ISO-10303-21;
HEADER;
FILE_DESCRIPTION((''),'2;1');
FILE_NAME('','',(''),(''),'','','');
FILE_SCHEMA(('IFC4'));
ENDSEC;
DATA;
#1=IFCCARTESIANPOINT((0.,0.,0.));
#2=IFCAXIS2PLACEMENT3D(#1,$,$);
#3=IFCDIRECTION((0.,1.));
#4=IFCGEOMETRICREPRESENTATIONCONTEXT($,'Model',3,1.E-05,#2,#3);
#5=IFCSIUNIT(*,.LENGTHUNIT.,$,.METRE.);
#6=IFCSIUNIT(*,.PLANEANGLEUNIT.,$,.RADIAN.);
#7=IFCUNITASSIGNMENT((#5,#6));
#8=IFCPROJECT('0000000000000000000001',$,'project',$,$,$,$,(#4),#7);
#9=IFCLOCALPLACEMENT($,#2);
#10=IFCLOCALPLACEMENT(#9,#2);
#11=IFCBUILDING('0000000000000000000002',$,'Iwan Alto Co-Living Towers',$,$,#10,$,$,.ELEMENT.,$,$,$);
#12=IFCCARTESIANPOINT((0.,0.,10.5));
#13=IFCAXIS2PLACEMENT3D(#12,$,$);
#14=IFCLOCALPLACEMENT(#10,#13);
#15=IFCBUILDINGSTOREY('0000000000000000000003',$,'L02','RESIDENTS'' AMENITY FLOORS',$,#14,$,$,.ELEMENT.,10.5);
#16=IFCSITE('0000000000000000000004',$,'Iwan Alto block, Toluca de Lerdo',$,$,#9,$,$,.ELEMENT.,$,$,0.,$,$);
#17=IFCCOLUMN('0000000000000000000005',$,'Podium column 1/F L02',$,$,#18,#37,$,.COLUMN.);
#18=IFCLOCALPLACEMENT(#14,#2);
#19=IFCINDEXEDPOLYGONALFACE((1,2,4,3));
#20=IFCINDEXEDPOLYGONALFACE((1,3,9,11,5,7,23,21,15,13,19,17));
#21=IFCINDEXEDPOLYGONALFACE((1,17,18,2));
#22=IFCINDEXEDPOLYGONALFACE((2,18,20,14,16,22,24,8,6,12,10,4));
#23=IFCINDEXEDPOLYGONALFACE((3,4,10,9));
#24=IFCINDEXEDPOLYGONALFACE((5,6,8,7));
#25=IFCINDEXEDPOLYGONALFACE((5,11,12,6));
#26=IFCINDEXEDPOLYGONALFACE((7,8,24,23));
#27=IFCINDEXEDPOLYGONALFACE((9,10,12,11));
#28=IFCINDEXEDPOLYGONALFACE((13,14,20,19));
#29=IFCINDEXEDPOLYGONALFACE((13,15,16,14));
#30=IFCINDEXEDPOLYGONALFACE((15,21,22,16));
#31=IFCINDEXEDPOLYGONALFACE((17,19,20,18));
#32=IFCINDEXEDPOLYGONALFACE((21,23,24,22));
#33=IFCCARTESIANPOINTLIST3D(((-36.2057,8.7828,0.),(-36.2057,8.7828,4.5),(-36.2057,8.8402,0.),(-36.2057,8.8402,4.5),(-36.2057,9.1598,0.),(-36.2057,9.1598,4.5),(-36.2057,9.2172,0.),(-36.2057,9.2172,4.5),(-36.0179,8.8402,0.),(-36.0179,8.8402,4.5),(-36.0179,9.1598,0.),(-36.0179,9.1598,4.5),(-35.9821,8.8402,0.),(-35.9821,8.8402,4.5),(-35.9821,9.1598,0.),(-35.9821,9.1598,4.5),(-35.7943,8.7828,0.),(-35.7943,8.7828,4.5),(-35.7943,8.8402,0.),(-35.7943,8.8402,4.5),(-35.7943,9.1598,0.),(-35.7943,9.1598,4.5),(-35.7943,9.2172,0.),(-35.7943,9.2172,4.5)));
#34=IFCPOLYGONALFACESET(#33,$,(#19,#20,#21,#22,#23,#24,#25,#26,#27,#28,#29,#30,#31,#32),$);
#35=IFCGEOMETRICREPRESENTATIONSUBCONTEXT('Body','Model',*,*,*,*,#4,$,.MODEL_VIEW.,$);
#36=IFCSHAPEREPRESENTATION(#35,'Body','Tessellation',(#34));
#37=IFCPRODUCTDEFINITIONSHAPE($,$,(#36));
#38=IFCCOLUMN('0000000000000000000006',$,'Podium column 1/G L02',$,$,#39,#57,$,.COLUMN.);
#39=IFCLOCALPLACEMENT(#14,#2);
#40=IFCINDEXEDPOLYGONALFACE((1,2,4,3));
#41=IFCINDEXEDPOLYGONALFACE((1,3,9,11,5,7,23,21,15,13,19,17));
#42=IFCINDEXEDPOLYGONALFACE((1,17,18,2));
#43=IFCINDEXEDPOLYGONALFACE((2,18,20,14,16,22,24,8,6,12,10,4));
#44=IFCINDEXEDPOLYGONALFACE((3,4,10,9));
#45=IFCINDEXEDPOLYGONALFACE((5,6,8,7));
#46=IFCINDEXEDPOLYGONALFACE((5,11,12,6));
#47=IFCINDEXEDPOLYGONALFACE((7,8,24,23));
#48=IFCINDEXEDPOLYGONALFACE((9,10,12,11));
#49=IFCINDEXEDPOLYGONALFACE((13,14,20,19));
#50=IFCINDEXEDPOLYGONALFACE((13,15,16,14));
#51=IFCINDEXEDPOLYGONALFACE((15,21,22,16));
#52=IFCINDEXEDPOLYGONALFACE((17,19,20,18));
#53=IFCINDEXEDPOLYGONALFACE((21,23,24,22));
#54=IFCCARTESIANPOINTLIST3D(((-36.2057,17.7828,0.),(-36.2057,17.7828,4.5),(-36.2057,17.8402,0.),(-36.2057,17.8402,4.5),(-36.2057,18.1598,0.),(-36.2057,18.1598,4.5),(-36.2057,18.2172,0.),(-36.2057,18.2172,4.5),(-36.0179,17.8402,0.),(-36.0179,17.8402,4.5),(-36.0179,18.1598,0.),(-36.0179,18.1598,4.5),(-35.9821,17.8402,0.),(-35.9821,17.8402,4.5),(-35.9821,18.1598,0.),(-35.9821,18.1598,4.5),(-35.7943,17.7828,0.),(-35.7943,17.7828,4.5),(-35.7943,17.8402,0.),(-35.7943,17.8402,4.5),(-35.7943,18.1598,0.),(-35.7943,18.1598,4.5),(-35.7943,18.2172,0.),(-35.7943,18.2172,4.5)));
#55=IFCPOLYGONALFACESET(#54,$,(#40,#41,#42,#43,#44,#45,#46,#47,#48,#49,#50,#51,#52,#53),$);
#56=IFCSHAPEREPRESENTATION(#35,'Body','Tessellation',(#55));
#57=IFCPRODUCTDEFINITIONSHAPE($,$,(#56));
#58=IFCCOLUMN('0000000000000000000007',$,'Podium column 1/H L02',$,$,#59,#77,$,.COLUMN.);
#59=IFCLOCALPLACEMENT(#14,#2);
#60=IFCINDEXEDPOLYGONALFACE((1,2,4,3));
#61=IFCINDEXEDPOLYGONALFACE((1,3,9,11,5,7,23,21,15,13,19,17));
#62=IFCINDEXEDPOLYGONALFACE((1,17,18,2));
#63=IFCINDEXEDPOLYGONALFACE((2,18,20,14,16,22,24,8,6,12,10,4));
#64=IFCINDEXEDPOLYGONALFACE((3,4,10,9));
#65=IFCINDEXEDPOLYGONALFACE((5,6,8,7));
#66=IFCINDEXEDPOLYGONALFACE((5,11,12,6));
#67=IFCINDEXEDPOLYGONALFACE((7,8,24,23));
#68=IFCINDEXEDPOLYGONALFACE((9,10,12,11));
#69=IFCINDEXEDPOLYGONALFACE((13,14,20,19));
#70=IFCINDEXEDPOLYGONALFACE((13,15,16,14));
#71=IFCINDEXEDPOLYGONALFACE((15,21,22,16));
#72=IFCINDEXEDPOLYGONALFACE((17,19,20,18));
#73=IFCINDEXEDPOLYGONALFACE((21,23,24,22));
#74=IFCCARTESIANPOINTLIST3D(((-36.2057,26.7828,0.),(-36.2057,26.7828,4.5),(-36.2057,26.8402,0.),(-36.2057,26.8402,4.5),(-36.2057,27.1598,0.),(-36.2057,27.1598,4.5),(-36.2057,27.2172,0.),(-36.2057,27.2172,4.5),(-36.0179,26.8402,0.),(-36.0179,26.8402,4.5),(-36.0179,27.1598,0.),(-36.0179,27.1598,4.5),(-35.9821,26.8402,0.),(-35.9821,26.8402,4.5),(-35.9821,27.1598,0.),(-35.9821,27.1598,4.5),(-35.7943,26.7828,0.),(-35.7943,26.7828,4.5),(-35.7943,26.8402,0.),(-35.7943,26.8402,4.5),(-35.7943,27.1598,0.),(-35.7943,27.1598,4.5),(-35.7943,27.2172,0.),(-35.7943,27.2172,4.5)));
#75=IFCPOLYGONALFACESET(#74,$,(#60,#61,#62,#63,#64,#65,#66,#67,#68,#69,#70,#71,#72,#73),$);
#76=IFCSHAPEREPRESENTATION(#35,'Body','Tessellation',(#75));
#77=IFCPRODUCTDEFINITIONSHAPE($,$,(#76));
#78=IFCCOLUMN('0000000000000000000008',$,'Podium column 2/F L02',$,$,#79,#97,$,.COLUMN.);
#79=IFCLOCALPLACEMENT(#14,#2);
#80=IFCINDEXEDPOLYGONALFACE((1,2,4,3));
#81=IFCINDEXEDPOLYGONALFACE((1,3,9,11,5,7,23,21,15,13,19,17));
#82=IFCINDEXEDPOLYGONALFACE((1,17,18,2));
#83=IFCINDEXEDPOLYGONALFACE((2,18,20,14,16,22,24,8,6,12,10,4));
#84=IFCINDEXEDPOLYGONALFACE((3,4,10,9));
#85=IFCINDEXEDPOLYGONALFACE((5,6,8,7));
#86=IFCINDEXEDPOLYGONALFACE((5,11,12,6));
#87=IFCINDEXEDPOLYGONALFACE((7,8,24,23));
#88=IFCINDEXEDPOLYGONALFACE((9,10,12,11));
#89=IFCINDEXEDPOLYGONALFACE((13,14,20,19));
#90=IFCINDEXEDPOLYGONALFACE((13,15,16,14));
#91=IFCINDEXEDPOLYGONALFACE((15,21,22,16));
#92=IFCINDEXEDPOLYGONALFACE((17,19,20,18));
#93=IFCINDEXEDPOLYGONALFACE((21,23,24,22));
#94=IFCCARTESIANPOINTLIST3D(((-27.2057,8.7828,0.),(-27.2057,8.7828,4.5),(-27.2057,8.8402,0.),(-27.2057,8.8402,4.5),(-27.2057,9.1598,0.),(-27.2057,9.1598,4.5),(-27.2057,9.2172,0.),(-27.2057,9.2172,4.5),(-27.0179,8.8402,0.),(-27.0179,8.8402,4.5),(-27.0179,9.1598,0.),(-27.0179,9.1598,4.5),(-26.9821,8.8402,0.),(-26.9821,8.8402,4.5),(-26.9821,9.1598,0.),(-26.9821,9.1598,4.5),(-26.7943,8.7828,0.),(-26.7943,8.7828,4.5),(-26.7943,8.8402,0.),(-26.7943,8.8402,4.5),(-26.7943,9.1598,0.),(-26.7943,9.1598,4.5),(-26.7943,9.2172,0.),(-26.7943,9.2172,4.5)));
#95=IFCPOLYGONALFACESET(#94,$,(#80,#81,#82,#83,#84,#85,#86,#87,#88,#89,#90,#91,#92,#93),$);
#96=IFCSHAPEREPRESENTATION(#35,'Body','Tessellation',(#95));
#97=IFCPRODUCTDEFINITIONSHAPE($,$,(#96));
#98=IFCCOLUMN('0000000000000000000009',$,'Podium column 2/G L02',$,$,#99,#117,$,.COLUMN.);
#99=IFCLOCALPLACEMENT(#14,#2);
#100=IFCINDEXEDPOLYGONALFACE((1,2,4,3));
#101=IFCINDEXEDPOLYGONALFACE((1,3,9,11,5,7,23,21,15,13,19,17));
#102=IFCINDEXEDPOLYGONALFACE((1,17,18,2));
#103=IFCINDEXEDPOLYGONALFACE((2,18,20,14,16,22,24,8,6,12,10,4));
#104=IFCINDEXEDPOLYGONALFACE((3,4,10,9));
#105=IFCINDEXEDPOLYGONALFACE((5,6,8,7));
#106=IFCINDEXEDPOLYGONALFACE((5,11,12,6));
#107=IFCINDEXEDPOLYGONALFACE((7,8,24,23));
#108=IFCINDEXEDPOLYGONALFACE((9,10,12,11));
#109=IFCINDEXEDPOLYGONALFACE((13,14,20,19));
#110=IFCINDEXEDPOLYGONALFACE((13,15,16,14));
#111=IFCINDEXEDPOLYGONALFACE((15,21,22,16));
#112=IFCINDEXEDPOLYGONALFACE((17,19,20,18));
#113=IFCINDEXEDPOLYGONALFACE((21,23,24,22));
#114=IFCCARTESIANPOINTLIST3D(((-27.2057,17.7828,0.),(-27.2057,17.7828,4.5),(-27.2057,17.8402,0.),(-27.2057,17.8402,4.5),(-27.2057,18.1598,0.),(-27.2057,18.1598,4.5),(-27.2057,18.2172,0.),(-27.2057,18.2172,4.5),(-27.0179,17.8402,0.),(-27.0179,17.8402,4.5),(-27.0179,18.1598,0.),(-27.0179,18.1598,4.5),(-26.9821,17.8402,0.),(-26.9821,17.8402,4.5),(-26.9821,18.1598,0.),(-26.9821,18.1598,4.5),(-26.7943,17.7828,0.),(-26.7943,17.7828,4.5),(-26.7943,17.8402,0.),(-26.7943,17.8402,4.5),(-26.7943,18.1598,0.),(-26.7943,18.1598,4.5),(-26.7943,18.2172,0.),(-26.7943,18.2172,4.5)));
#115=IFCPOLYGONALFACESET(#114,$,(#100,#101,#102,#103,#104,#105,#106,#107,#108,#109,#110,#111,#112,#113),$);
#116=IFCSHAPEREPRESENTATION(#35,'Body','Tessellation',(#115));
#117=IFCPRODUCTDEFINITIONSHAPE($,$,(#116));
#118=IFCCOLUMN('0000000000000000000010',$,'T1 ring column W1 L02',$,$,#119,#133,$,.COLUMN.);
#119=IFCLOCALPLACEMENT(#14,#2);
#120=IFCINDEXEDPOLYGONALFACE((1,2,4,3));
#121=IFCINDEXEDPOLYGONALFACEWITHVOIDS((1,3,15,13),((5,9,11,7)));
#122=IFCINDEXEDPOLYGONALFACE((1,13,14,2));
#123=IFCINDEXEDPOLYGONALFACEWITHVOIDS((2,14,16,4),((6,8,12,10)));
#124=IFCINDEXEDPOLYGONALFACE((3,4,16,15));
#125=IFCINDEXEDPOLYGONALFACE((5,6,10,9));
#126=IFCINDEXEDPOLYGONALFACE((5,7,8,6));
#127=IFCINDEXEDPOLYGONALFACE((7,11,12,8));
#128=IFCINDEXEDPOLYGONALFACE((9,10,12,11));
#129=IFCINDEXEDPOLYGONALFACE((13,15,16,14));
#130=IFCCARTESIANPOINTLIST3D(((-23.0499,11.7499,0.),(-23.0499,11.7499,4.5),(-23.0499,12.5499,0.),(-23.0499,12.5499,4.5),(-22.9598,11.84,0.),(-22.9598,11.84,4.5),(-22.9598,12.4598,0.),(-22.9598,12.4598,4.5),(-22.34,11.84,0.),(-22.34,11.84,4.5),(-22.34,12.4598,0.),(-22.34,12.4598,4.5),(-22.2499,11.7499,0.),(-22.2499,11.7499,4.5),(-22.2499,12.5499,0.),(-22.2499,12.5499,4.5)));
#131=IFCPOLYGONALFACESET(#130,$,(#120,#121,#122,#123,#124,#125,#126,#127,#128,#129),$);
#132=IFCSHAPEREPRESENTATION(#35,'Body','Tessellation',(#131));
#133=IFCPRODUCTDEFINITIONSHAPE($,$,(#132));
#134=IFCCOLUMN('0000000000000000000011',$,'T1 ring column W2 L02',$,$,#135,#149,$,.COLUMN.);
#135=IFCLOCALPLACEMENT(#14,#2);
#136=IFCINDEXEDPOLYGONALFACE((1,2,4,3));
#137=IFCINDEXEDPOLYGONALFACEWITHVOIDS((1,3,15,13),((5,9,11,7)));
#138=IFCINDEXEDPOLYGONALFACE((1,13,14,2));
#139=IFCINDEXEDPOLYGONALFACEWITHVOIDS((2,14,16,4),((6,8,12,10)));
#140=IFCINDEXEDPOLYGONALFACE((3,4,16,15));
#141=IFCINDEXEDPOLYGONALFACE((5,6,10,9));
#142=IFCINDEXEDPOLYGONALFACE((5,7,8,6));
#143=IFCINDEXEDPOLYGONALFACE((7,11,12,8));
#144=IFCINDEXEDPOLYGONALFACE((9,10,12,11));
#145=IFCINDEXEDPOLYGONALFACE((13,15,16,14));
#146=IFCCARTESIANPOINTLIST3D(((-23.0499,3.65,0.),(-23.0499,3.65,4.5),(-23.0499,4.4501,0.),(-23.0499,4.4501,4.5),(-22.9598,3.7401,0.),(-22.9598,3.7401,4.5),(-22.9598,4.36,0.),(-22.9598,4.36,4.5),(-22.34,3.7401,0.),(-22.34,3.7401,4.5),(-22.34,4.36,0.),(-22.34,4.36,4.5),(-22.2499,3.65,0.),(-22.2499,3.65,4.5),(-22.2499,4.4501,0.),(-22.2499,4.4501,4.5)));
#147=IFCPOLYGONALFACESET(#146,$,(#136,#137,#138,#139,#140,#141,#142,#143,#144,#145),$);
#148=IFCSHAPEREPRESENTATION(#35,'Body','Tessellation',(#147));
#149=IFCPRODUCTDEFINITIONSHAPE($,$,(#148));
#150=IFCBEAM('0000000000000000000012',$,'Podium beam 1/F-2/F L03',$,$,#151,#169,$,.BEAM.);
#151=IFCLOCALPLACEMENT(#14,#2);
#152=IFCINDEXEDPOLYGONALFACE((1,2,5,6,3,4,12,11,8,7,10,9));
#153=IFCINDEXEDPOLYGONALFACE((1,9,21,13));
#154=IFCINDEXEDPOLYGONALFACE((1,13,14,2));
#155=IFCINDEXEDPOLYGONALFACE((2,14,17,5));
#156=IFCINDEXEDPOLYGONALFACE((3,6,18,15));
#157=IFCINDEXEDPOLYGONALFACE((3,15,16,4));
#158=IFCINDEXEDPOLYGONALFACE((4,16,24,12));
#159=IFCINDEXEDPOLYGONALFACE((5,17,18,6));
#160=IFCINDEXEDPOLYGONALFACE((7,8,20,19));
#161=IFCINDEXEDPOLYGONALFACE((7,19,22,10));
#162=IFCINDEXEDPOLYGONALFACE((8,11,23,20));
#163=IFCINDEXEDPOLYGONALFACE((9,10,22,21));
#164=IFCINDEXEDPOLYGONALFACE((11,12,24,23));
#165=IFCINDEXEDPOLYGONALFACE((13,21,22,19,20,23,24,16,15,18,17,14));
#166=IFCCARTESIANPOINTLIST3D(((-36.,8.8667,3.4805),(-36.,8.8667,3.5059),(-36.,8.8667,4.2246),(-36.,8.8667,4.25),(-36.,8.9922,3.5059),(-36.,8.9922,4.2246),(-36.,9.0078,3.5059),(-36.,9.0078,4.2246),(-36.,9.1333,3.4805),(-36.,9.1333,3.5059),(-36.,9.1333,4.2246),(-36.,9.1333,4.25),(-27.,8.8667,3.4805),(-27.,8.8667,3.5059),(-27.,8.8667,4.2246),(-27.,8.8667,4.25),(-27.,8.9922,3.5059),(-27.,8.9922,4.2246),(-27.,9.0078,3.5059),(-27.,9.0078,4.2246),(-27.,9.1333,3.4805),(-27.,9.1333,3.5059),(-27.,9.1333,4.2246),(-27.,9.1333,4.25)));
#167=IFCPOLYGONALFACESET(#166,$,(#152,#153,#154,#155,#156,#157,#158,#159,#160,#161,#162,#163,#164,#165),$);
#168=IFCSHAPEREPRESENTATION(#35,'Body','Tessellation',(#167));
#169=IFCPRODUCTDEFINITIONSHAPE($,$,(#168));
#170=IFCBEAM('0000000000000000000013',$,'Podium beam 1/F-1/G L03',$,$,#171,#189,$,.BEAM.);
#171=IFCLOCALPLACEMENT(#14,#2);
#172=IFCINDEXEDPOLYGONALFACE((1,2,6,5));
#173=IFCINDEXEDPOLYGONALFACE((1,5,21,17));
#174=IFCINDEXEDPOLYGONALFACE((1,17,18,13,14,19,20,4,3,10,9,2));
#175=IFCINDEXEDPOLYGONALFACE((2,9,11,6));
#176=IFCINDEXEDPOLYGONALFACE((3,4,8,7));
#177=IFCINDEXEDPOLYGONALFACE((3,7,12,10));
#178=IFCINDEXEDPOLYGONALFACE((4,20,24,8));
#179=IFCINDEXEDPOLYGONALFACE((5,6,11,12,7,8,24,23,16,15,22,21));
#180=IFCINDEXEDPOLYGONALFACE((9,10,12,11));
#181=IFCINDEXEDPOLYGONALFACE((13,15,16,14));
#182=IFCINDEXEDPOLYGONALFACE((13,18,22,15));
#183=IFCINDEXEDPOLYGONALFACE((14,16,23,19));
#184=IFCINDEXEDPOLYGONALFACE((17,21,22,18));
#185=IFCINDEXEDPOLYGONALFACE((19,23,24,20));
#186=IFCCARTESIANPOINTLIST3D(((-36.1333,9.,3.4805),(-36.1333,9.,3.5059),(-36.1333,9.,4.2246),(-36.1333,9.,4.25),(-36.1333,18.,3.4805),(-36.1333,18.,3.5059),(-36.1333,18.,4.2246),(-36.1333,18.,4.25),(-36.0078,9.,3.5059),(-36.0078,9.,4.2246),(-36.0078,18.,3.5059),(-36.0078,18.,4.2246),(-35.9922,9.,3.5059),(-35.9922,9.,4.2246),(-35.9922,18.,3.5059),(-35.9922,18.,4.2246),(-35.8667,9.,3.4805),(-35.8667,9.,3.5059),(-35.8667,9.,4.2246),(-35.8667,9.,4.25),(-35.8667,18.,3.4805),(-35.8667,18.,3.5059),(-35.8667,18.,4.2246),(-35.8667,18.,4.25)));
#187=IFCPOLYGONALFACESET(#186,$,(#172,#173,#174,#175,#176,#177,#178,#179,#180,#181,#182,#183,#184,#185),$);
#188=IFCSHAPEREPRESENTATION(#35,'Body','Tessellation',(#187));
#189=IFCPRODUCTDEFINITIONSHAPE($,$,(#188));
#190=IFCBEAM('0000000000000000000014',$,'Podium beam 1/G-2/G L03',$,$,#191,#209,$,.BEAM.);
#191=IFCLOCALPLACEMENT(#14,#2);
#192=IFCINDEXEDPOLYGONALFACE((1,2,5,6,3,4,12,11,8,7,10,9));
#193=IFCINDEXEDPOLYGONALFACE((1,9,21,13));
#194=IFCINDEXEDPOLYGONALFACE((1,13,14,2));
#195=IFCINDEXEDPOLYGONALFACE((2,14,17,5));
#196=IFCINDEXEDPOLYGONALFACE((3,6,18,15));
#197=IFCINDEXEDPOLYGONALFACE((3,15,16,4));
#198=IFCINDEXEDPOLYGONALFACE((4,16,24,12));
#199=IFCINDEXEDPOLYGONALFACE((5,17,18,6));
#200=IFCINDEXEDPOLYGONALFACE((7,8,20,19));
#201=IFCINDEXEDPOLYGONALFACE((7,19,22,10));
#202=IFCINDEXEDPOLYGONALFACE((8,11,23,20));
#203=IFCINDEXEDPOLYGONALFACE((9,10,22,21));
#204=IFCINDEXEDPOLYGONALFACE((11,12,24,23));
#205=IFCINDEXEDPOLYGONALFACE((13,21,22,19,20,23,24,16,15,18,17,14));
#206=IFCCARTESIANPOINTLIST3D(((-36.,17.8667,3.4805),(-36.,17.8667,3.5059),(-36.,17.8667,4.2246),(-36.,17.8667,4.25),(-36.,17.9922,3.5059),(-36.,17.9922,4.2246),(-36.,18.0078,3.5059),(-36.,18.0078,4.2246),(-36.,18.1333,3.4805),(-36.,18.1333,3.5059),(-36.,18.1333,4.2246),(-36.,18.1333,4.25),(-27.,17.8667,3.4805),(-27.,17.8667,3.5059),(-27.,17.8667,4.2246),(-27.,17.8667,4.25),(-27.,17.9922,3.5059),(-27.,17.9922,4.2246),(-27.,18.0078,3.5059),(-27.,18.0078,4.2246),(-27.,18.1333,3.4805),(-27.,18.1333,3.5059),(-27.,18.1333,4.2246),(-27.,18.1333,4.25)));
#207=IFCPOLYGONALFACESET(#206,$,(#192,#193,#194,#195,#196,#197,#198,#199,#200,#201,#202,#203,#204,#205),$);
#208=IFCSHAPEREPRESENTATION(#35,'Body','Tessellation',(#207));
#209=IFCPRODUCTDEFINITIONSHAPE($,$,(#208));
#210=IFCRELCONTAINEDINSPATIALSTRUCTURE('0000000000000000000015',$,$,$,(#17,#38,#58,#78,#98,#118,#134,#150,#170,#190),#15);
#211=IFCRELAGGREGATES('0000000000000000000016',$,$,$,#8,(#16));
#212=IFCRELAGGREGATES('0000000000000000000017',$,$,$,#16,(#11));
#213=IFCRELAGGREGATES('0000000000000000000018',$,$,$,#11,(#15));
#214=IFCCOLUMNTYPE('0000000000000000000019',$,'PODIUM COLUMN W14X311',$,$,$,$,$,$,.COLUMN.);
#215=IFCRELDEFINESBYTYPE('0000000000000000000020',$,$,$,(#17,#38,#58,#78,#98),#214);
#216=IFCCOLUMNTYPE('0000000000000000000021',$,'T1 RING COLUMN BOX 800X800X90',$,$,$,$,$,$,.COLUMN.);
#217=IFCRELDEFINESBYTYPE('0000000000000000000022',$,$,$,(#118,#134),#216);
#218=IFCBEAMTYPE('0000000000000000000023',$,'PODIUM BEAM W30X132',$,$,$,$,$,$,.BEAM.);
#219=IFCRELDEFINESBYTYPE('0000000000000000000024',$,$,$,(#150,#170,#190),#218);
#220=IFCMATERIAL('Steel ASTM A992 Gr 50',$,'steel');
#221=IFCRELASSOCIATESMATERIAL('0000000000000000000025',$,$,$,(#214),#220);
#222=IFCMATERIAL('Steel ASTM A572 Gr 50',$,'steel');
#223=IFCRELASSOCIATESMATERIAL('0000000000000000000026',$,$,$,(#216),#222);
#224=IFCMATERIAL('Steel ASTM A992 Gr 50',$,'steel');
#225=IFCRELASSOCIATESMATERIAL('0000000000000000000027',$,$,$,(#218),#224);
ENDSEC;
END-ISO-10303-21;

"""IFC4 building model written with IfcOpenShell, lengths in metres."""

from ifc_helpers import new_model, si_unit, direction, frame, origin, origin_2d, place, context, subcontext, project, spatial, hollow_rectangle, i_section, extrude, material, material_profile, profile_set, type_object, element, save


model = new_model("IFC4")

# Units and contexts
model_context = context("Model", 3, precision=1e-05, world=origin(), true_north=direction((0.0, 1.0)))
body_context = subcontext(model_context, "Body", "Model", "MODEL_VIEW")
ifc_project = project(units=[si_unit("LENGTHUNIT", "METRE"), si_unit("PLANEANGLEUNIT", "RADIAN")], contexts=[model_context])

# Site, building, storey
site_placement = place(None, origin())
site = spatial("IfcSite", under=ifc_project, at=site_placement, Name="Iwan Alto block, Toluca de Lerdo", CompositionType="ELEMENT", RefElevation=0.0)
building_placement = place(site_placement, origin())
building = spatial("IfcBuilding", under=site, at=building_placement, Name="Iwan Alto Co-Living Towers", CompositionType="ELEMENT")
storey_placement = place(building_placement, frame((0.0, 0.0, 10.5)))
storey = spatial("IfcBuildingStorey", under=building, at=storey_placement, Name="L02", Description="RESIDENTS' AMENITY FLOORS", CompositionType="ELEMENT", Elevation=10.5)

# Columns
ifc_material_1 = material(Name="Steel ASTM A992 Gr 50", Category="steel")
ifc_material_profile_1 = material_profile(ifc_material_1, i_section(OverallWidth=0.4114, OverallDepth=0.4343, WebThickness=0.0359, FlangeThickness=0.0574, at=origin_2d()), Name="W14X311")
ifc_profile_set_1 = profile_set([ifc_material_profile_1], Name="Steel ASTM A992 Gr 50")
column_type_1 = type_object("IfcColumnType", Name="PODIUM COLUMN W14X311", PredefinedType="COLUMN", material=ifc_profile_set_1)
for number, where, z_axis, x_axis, name in (
    (1, (-36.0, 9.0, 0.0), (0.0, 0.0, 1.0), (1.0, 0.0, 0.0), "Podium column 1/F L02"),
    (2, (-36.0, 18.0, 0.0), (0.0, 0.0, 1.0), (1.0, 0.0, 0.0), "Podium column 1/G L02"),
    (3, (-36.0, 27.0, 0.0), (0.0, 0.0, 1.0), (1.0, 0.0, 0.0), "Podium column 1/H L02"),
    (4, (-27.0, 9.0, 0.0), (0.0, 0.0, 1.0), (1.0, 0.0, 0.0), "Podium column 2/F L02"),
    (5, (-27.0, 18.0, 0.0), (0.0, 0.0, 1.0), (1.0, 0.0, 0.0), "Podium column 2/G L02"),
):
    element("IfcColumn", number, at=place(storey_placement, frame(where, z_axis=z_axis, x_axis=x_axis)), inside=storey, type_object=column_type_1, Name=name, PredefinedType="COLUMN", context=body_context, shape_type="SweptSolid", body=[
        extrude(i_section(OverallWidth=0.4114, OverallDepth=0.4343, WebThickness=0.0359, FlangeThickness=0.0574, at=origin_2d()), origin(), (0.0, 0.0, 1.0), 4.5),
    ])
ifc_material_2 = material(Name="Steel ASTM A572 Gr 50", Category="steel")
ifc_material_profile_2 = material_profile(ifc_material_2, hollow_rectangle(XDim=0.8, YDim=0.8, WallThickness=0.0901, at=origin_2d()), Name="BOX 800X800X90")
ifc_profile_set_2 = profile_set([ifc_material_profile_2], Name="Steel ASTM A572 Gr 50")
column_type_2 = type_object("IfcColumnType", Name="T1 RING COLUMN BOX 800X800X90", PredefinedType="COLUMN", material=ifc_profile_set_2)
for number, where, z_axis, x_axis, name in (
    (6, (-22.6499, 12.1499, 0.0), (0.0, 0.0, 1.0), (1.0, 0.0, 0.0), "T1 ring column W1 L02"),
    (7, (-22.6499, 4.05, 0.0), (0.0, 0.0, 1.0), (1.0, 0.0, 0.0), "T1 ring column W2 L02"),
):
    element("IfcColumn", number, at=place(storey_placement, frame(where, z_axis=z_axis, x_axis=x_axis)), inside=storey, type_object=column_type_2, Name=name, PredefinedType="COLUMN", context=body_context, shape_type="SweptSolid", body=[
        extrude(hollow_rectangle(XDim=0.8, YDim=0.8, WallThickness=0.0901, at=origin_2d()), origin(), (0.0, 0.0, 1.0), 4.5),
    ])

# Beams
ifc_material_3 = material(Name="Steel ASTM A992 Gr 50", Category="steel")
ifc_material_profile_3 = material_profile(ifc_material_3, i_section(OverallWidth=0.2666, OverallDepth=0.7695, WebThickness=0.0156, FlangeThickness=0.0254, at=origin_2d()), Name="W30X132")
ifc_profile_set_3 = profile_set([ifc_material_profile_3], Name="Steel ASTM A992 Gr 50")
beam_type_1 = type_object("IfcBeamType", Name="PODIUM BEAM W30X132", PredefinedType="BEAM", material=ifc_profile_set_3)
for number, where, z_axis, x_axis, name in (
    (8, (-36.0, 9.0, 3.8652), (1.0, 0.0, 0.0), (0.0, 1.0, 0.0), "Podium beam 1/F-2/F L03"),
    (9, (-36.0, 9.0, 3.8652), (0.0, 1.0, 0.0), (-1.0, 0.0, 0.0), "Podium beam 1/F-1/G L03"),
    (10, (-36.0, 18.0, 3.8652), (1.0, 0.0, 0.0), (0.0, 1.0, 0.0), "Podium beam 1/G-2/G L03"),
):
    element("IfcBeam", number, at=place(storey_placement, frame(where, z_axis=z_axis, x_axis=x_axis)), inside=storey, type_object=beam_type_1, Name=name, PredefinedType="BEAM", context=body_context, shape_type="SweptSolid", body=[
        extrude(i_section(OverallWidth=0.2666, OverallDepth=0.7695, WebThickness=0.0156, FlangeThickness=0.0254, at=origin_2d()), origin(), (0.0, 0.0, 1.0), 9.0),
    ])

save(model, "model.ifc")
